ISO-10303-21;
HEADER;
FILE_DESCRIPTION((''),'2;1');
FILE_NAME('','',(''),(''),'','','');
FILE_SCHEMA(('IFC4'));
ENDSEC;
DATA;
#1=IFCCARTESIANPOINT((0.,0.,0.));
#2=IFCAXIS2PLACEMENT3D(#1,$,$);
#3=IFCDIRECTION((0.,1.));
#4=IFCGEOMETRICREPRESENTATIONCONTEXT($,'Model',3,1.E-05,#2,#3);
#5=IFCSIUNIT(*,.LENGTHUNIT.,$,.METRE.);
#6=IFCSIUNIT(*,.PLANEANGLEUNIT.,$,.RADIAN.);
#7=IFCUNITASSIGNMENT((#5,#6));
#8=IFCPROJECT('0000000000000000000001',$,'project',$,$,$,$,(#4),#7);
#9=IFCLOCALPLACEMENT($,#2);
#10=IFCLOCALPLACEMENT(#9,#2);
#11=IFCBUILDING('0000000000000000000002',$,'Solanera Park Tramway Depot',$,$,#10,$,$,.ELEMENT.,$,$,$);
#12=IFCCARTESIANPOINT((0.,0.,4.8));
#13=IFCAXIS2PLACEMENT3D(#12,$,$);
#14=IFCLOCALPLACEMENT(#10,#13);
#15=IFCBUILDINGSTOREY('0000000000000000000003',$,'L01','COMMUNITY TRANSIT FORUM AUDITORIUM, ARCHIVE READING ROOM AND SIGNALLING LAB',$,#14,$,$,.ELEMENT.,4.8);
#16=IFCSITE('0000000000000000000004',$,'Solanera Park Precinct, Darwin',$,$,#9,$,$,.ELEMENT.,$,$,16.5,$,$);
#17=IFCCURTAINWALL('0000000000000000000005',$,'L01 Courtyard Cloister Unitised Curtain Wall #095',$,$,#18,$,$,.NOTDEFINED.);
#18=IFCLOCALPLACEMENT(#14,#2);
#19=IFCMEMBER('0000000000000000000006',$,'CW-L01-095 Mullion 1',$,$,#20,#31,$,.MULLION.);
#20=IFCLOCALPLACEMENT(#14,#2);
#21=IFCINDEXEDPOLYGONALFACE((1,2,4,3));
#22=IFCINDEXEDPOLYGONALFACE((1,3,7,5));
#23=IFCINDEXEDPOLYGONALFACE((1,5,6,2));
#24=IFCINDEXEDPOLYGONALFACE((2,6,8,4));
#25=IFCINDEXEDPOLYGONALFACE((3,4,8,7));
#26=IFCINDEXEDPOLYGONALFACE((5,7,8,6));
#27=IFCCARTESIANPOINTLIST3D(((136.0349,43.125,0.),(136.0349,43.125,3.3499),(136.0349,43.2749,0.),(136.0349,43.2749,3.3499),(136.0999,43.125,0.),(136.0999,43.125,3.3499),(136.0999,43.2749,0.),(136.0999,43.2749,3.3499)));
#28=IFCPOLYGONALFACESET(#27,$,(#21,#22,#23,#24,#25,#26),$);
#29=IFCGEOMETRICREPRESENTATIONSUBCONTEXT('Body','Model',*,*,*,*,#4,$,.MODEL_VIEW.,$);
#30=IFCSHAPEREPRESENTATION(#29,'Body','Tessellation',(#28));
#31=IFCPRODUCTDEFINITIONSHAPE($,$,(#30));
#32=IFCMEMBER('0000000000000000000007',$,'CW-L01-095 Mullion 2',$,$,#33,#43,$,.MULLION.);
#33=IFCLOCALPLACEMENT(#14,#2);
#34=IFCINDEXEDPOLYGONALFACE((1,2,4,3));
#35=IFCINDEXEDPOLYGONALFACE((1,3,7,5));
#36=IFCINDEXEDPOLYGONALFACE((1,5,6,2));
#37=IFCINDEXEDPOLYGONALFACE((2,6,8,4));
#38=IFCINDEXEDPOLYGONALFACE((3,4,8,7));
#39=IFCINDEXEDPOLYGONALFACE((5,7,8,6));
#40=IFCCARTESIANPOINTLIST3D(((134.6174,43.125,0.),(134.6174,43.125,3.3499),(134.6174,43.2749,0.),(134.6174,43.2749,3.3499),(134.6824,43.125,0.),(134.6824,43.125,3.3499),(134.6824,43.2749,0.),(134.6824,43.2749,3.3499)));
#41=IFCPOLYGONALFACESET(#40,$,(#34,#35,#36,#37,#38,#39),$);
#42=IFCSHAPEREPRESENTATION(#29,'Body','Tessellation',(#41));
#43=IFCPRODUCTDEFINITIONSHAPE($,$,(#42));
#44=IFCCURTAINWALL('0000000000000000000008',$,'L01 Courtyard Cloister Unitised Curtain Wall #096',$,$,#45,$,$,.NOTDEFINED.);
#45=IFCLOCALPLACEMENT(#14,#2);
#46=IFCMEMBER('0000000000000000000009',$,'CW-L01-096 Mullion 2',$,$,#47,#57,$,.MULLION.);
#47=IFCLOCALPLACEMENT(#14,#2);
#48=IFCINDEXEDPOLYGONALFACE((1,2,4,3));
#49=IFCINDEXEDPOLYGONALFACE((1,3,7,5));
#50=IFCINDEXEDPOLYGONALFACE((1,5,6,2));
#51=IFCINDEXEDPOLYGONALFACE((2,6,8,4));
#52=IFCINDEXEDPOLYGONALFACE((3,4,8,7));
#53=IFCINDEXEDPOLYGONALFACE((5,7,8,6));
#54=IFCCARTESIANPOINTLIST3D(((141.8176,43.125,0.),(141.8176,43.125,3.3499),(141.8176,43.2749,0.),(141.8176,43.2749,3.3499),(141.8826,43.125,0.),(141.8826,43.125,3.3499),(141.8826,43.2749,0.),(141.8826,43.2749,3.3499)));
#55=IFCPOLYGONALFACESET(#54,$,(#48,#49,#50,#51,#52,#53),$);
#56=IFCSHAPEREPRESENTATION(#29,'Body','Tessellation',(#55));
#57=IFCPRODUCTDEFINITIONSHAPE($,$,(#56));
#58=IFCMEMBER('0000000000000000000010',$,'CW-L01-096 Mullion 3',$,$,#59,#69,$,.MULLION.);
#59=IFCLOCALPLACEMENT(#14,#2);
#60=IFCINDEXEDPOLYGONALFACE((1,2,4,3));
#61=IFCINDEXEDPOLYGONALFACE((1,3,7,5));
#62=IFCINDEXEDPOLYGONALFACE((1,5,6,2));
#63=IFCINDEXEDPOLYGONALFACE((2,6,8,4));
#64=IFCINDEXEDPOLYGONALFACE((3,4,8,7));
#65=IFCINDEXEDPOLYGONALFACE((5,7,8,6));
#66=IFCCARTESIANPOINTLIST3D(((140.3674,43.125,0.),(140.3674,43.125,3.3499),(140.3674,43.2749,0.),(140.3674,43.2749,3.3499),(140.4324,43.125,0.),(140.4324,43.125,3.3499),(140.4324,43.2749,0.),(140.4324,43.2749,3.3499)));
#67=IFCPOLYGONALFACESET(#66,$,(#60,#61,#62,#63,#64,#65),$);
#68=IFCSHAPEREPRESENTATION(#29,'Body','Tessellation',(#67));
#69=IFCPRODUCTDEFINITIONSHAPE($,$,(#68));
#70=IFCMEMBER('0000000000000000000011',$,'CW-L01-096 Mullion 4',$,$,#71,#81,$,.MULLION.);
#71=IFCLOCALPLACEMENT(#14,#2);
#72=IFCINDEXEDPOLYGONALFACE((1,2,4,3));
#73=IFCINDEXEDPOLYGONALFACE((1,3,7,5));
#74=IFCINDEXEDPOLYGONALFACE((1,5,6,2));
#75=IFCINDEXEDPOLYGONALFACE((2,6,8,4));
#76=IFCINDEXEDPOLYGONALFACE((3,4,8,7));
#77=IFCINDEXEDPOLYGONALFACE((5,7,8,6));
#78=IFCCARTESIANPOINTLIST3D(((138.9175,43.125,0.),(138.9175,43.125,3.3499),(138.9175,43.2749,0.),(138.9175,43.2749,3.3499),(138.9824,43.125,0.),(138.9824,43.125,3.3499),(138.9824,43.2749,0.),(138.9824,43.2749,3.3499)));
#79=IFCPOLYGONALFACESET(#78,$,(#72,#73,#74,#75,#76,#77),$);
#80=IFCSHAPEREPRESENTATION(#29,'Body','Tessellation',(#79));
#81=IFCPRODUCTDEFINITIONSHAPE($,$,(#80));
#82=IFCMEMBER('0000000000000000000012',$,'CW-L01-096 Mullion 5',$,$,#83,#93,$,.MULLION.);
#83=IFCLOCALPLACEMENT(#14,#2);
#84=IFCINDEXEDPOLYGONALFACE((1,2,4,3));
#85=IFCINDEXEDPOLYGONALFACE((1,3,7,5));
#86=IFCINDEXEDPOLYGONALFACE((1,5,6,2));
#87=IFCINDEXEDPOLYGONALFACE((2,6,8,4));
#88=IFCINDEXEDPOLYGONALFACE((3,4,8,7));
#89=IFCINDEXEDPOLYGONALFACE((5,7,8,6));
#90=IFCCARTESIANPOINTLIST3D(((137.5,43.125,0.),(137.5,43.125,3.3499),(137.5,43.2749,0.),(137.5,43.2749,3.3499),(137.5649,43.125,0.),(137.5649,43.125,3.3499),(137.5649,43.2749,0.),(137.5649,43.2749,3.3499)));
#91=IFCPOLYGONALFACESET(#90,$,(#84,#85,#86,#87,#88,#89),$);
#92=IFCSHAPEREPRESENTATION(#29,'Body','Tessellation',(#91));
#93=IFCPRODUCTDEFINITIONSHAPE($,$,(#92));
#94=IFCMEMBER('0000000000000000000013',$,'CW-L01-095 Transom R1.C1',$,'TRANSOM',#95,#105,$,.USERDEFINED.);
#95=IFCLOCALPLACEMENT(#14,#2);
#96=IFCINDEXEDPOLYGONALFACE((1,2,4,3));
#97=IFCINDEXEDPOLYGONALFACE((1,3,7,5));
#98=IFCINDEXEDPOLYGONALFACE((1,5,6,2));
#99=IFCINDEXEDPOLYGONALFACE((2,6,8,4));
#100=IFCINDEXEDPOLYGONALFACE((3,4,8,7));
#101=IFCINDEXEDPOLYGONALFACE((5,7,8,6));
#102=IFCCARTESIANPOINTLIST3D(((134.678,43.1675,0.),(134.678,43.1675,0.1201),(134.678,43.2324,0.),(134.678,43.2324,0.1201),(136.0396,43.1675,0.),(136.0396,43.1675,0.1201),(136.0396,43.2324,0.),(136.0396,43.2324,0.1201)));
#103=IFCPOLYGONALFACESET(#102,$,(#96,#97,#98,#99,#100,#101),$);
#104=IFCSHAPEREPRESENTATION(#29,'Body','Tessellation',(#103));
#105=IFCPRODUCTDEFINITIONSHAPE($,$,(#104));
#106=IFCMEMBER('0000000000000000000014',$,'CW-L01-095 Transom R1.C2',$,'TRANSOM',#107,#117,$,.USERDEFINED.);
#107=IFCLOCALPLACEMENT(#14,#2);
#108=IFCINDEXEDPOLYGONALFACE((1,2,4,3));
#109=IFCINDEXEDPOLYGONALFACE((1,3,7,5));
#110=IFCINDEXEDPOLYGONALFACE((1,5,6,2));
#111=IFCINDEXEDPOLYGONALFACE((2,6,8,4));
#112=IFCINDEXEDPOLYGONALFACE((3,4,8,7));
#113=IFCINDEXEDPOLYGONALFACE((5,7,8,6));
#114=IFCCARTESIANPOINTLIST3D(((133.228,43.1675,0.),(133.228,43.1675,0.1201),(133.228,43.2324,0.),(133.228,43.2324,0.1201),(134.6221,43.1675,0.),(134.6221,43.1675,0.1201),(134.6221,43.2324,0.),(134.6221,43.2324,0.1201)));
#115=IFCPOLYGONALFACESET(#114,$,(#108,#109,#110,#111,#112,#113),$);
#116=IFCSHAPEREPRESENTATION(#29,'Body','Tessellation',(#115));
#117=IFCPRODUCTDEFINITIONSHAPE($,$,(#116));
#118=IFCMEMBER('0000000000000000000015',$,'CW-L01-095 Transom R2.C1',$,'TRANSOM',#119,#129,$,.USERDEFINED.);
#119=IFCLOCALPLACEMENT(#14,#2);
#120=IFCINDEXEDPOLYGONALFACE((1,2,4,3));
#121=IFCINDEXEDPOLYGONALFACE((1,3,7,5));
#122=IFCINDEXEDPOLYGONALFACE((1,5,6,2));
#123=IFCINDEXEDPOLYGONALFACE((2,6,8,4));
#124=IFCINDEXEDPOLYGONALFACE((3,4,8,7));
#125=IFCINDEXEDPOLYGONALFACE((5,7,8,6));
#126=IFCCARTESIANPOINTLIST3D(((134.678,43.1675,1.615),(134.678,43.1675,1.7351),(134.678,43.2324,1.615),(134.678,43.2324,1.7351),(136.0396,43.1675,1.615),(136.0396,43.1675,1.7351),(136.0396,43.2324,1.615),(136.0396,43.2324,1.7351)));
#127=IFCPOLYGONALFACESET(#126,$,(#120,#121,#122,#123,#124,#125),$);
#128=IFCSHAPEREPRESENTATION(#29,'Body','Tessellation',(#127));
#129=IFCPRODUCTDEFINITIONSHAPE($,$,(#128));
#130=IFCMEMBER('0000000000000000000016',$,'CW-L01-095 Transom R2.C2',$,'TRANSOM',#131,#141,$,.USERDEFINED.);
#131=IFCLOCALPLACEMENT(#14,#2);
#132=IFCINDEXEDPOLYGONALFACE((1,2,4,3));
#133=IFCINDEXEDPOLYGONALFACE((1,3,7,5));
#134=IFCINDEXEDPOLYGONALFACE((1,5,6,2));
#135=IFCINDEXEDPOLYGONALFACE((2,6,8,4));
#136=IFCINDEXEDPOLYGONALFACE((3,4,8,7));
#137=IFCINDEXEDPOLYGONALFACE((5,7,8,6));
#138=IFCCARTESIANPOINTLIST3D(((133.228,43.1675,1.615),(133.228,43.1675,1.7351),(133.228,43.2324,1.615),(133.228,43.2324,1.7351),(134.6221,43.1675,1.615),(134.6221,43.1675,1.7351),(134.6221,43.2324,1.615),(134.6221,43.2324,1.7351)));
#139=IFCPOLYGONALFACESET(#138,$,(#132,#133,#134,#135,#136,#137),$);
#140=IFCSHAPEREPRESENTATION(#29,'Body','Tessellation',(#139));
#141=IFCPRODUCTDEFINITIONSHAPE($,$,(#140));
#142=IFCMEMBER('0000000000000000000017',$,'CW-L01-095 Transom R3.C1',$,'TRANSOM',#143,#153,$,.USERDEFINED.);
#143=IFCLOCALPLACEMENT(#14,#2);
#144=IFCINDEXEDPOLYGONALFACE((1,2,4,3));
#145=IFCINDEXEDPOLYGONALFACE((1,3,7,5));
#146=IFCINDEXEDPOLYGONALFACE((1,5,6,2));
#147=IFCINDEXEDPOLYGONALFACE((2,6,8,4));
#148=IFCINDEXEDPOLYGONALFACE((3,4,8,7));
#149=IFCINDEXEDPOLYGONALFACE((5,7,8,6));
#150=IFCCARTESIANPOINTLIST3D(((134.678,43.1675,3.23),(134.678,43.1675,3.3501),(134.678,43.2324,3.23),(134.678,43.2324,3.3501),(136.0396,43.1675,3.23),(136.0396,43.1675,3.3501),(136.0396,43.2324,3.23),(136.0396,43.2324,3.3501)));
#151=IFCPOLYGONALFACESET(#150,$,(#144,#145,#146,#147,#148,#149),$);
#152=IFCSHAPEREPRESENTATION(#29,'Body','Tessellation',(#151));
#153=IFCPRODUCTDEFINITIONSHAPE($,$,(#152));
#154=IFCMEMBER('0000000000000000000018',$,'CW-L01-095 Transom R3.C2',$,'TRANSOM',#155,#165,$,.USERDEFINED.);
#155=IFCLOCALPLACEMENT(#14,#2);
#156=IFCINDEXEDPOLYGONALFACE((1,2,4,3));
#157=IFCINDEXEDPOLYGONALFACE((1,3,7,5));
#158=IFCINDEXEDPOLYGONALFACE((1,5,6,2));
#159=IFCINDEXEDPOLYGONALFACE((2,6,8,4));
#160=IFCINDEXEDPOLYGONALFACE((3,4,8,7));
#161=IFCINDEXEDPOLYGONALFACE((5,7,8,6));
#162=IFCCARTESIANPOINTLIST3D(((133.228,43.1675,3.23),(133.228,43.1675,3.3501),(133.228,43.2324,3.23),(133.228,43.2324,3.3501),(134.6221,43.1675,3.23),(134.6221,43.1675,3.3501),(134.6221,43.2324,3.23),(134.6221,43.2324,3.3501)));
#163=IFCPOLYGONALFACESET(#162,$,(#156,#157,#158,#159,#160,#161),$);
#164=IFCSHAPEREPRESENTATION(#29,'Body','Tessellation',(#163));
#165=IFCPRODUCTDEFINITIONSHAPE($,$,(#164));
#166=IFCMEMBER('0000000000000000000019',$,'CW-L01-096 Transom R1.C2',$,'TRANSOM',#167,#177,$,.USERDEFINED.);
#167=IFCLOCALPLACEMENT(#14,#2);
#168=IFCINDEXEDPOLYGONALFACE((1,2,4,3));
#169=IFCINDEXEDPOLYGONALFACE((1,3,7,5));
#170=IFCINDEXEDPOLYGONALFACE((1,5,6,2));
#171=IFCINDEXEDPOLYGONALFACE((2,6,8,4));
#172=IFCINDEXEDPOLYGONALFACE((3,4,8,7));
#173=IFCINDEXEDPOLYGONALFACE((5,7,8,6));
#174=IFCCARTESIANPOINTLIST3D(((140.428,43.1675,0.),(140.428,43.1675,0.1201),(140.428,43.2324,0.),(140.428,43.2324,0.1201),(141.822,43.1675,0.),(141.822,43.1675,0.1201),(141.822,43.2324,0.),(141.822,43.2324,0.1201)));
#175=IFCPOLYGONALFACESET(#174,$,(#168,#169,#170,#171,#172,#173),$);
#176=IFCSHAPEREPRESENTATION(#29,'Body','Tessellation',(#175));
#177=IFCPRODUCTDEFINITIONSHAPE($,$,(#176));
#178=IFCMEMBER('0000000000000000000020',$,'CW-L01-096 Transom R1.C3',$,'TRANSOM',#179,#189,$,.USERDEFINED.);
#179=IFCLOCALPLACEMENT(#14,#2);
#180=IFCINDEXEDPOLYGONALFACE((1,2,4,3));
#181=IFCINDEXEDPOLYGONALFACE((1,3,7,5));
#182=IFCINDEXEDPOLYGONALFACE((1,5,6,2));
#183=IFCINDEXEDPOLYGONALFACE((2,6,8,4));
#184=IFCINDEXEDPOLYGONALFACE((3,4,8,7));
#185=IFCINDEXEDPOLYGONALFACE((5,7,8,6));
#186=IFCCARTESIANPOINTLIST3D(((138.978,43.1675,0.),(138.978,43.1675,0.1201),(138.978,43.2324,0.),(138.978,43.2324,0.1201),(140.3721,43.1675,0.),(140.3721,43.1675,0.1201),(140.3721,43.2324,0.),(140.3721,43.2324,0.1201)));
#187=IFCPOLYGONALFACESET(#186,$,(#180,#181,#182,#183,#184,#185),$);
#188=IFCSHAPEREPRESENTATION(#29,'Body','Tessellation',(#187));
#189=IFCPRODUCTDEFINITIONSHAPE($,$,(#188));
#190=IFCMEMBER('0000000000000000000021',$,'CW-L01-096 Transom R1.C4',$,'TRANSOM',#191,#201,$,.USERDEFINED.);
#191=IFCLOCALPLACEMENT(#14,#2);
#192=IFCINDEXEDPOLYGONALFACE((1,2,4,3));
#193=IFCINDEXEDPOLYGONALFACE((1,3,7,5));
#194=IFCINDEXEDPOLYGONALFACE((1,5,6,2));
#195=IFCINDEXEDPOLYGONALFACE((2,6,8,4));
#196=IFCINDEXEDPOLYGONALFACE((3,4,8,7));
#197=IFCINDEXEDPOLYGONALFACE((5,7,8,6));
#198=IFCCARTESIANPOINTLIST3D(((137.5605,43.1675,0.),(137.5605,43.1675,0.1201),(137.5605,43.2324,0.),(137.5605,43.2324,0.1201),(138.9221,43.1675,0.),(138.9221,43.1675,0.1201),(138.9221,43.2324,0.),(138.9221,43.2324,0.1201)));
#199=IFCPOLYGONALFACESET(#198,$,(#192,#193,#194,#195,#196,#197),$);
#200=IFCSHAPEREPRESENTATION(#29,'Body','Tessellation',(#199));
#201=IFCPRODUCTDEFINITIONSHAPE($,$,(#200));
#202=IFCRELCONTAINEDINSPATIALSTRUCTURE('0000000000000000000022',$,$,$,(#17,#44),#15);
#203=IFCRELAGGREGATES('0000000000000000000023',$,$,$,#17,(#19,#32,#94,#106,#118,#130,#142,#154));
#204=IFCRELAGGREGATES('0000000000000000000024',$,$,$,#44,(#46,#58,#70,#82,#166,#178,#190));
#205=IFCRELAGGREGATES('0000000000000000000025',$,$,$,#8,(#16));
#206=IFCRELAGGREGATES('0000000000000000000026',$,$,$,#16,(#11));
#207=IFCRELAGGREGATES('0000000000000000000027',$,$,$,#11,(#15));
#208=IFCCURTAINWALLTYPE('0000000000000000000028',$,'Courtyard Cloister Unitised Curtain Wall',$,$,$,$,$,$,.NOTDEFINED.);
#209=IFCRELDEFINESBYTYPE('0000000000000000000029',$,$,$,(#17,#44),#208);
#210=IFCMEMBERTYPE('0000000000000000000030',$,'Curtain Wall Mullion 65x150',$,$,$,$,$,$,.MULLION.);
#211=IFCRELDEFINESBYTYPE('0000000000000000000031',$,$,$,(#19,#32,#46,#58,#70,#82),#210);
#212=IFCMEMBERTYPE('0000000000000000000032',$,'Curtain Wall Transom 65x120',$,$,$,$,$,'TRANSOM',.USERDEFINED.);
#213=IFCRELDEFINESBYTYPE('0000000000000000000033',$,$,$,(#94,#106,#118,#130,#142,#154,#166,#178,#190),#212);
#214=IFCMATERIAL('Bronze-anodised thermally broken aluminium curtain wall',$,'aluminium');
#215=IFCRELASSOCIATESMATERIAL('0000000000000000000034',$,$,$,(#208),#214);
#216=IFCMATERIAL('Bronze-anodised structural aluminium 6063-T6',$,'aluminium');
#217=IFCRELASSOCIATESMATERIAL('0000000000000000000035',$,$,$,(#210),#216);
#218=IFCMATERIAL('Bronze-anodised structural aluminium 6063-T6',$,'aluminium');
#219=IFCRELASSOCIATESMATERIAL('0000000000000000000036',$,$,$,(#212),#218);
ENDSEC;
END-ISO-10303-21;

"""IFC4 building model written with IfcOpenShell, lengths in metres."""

from ifc_helpers import new_model, si_unit, direction, frame, origin, origin_2d, place, context, subcontext, project, spatial, rectangle, extrude, material, material_profile, profile_set, type_object, element, aggregate, save


model = new_model("IFC4")

# Units and contexts
model_context = context("Model", 3, precision=1e-05, world=origin(), true_north=direction((0.0, 1.0)))
body_context = subcontext(model_context, "Body", "Model", "MODEL_VIEW")
ifc_project = project(units=[si_unit("LENGTHUNIT", "METRE"), si_unit("PLANEANGLEUNIT", "RADIAN")], contexts=[model_context])

# Site, building, storey
site_placement = place(None, origin())
site = spatial("IfcSite", under=ifc_project, at=site_placement, Name="Solanera Park Precinct, Darwin", CompositionType="ELEMENT", RefElevation=16.5)
building_placement = place(site_placement, origin())
building = spatial("IfcBuilding", under=site, at=building_placement, Name="Solanera Park Tramway Depot", CompositionType="ELEMENT")
storey_placement = place(building_placement, frame((0.0, 0.0, 4.8)))
storey = spatial("IfcBuildingStorey", under=building, at=storey_placement, Name="L01", Description="COMMUNITY TRANSIT FORUM AUDITORIUM, ARCHIVE READING ROOM AND SIGNALLING LAB", CompositionType="ELEMENT", Elevation=4.8)

# Curtain walls, members
ifc_material_1 = material(Name="Bronze-anodised thermally broken aluminium curtain wall", Category="aluminium")
curtain_wall_type = type_object("IfcCurtainWallType", Name="Courtyard Cloister Unitised Curtain Wall", PredefinedType="NOTDEFINED", material=ifc_material_1)
curtain_wall_1_placement = place(storey_placement, origin())
curtain_wall_1 = element("IfcCurtainWall", 1, at=curtain_wall_1_placement, inside=storey, type_object=curtain_wall_type, Name="L01 Courtyard Cloister Unitised Curtain Wall #095", PredefinedType="NOTDEFINED")
ifc_material_2 = material(Name="Bronze-anodised structural aluminium 6063-T6", Category="aluminium")
ifc_material_profile_1 = material_profile(ifc_material_2, rectangle(XDim=0.0649, YDim=0.1499, at=origin_2d()), Name="Curtain Wall Mullion 65x150")
ifc_profile_set_1 = profile_set([ifc_material_profile_1], Name="Bronze-anodised structural aluminium 6063-T6")
member_type_1 = type_object("IfcMemberType", Name="Curtain Wall Mullion 65x150", PredefinedType="MULLION", material=ifc_profile_set_1)
member_1_placement = place(storey_placement, frame((136.0674, 43.2, 0.0), z_axis=(0.0, 0.0, 1.0), x_axis=(1.0, 0.0, 0.0)))
member_1 = element("IfcMember", 2, at=member_1_placement, type_object=member_type_1, Name="CW-L01-095 Mullion 1", PredefinedType="MULLION", context=body_context, shape_type="SweptSolid", body=[
    extrude(rectangle(XDim=0.0649, YDim=0.1499, at=origin_2d()), origin(), (0.0, 0.0, 1.0), 3.3499),
])
member_2_placement = place(storey_placement, frame((134.6499, 43.2, 0.0), z_axis=(0.0, 0.0, 1.0), x_axis=(1.0, 0.0, 0.0)))
member_2 = element("IfcMember", 3, at=member_2_placement, type_object=member_type_1, Name="CW-L01-095 Mullion 2", PredefinedType="MULLION", context=body_context, shape_type="SweptSolid", body=[
    extrude(rectangle(XDim=0.0649, YDim=0.1499, at=origin_2d()), origin(), (0.0, 0.0, 1.0), 3.3499),
])
curtain_wall_2_placement = place(storey_placement, origin())
curtain_wall_2 = element("IfcCurtainWall", 4, at=curtain_wall_2_placement, inside=storey, type_object=curtain_wall_type, Name="L01 Courtyard Cloister Unitised Curtain Wall #096", PredefinedType="NOTDEFINED")
member_3_placement = place(storey_placement, frame((141.8501, 43.2, 0.0), z_axis=(0.0, 0.0, 1.0), x_axis=(1.0, 0.0, 0.0)))
member_3 = element("IfcMember", 5, at=member_3_placement, type_object=member_type_1, Name="CW-L01-096 Mullion 2", PredefinedType="MULLION", context=body_context, shape_type="SweptSolid", body=[
    extrude(rectangle(XDim=0.0649, YDim=0.1499, at=origin_2d()), origin(), (0.0, 0.0, 1.0), 3.3499),
])
member_4_placement = place(storey_placement, frame((140.3999, 43.2, 0.0), z_axis=(0.0, 0.0, 1.0), x_axis=(1.0, 0.0, 0.0)))
member_4 = element("IfcMember", 6, at=member_4_placement, type_object=member_type_1, Name="CW-L01-096 Mullion 3", PredefinedType="MULLION", context=body_context, shape_type="SweptSolid", body=[
    extrude(rectangle(XDim=0.0649, YDim=0.1499, at=origin_2d()), origin(), (0.0, 0.0, 1.0), 3.3499),
])
member_5_placement = place(storey_placement, frame((138.95, 43.2, 0.0), z_axis=(0.0, 0.0, 1.0), x_axis=(1.0, 0.0, 0.0)))
member_5 = element("IfcMember", 7, at=member_5_placement, type_object=member_type_1, Name="CW-L01-096 Mullion 4", PredefinedType="MULLION", context=body_context, shape_type="SweptSolid", body=[
    extrude(rectangle(XDim=0.0649, YDim=0.1499, at=origin_2d()), origin(), (0.0, 0.0, 1.0), 3.3499),
])
member_6_placement = place(storey_placement, frame((137.5325, 43.2, 0.0), z_axis=(0.0, 0.0, 1.0), x_axis=(1.0, 0.0, 0.0)))
member_6 = element("IfcMember", 8, at=member_6_placement, type_object=member_type_1, Name="CW-L01-096 Mullion 5", PredefinedType="MULLION", context=body_context, shape_type="SweptSolid", body=[
    extrude(rectangle(XDim=0.0649, YDim=0.1499, at=origin_2d()), origin(), (0.0, 0.0, 1.0), 3.3499),
])

# Members
ifc_material_3 = material(Name="Bronze-anodised structural aluminium 6063-T6", Category="aluminium")
ifc_material_profile_2 = material_profile(ifc_material_3, rectangle(XDim=0.0649, YDim=0.1201, at=origin_2d()), Name="Curtain Wall Transom 65x120")
ifc_profile_set_2 = profile_set([ifc_material_profile_2], Name="Bronze-anodised structural aluminium 6063-T6")
member_type_2 = type_object("IfcMemberType", Name="Curtain Wall Transom 65x120", ElementType="TRANSOM", PredefinedType="USERDEFINED", material=ifc_profile_set_2)
member_7_placement = place(storey_placement, frame((136.0396, 43.2, 0.0601), z_axis=(-1.0, 0.0, 0.0), x_axis=(0.0, -1.0, 0.0)))
member_7 = element("IfcMember", 9, at=member_7_placement, type_object=member_type_2, Name="CW-L01-095 Transom R1.C1", ObjectType="TRANSOM", PredefinedType="USERDEFINED", context=body_context, shape_type="SweptSolid", body=[
    extrude(rectangle(XDim=0.0649, YDim=0.1201, at=origin_2d()), origin(), (0.0, 0.0, 1.0), 1.3616),
])
member_8_placement = place(storey_placement, frame((134.6221, 43.2, 0.0601), z_axis=(-1.0, 0.0, 0.0), x_axis=(0.0, -1.0, 0.0)))
member_8 = element("IfcMember", 10, at=member_8_placement, type_object=member_type_2, Name="CW-L01-095 Transom R1.C2", ObjectType="TRANSOM", PredefinedType="USERDEFINED", context=body_context, shape_type="SweptSolid", body=[
    extrude(rectangle(XDim=0.0649, YDim=0.1201, at=origin_2d()), origin(), (0.0, 0.0, 1.0), 1.394),
])
member_9_placement = place(storey_placement, frame((136.0396, 43.2, 1.675), z_axis=(-1.0, 0.0, 0.0), x_axis=(0.0, -1.0, 0.0)))
member_9 = element("IfcMember", 11, at=member_9_placement, type_object=member_type_2, Name="CW-L01-095 Transom R2.C1", ObjectType="TRANSOM", PredefinedType="USERDEFINED", context=body_context, shape_type="SweptSolid", body=[
    extrude(rectangle(XDim=0.0649, YDim=0.1201, at=origin_2d()), origin(), (0.0, 0.0, 1.0), 1.3616),
])
member_10_placement = place(storey_placement, frame((134.6221, 43.2, 1.675), z_axis=(-1.0, 0.0, 0.0), x_axis=(0.0, -1.0, 0.0)))
member_10 = element("IfcMember", 12, at=member_10_placement, type_object=member_type_2, Name="CW-L01-095 Transom R2.C2", ObjectType="TRANSOM", PredefinedType="USERDEFINED", context=body_context, shape_type="SweptSolid", body=[
    extrude(rectangle(XDim=0.0649, YDim=0.1201, at=origin_2d()), origin(), (0.0, 0.0, 1.0), 1.394),
])
member_11_placement = place(storey_placement, frame((136.0396, 43.2, 3.29), z_axis=(-1.0, 0.0, 0.0), x_axis=(0.0, -1.0, 0.0)))
member_11 = element("IfcMember", 13, at=member_11_placement, type_object=member_type_2, Name="CW-L01-095 Transom R3.C1", ObjectType="TRANSOM", PredefinedType="USERDEFINED", context=body_context, shape_type="SweptSolid", body=[
    extrude(rectangle(XDim=0.0649, YDim=0.1201, at=origin_2d()), origin(), (0.0, 0.0, 1.0), 1.3616),
])
member_12_placement = place(storey_placement, frame((134.6221, 43.2, 3.29), z_axis=(-1.0, 0.0, 0.0), x_axis=(0.0, -1.0, 0.0)))
member_12 = element("IfcMember", 14, at=member_12_placement, type_object=member_type_2, Name="CW-L01-095 Transom R3.C2", ObjectType="TRANSOM", PredefinedType="USERDEFINED", context=body_context, shape_type="SweptSolid", body=[
    extrude(rectangle(XDim=0.0649, YDim=0.1201, at=origin_2d()), origin(), (0.0, 0.0, 1.0), 1.394),
])
member_13_placement = place(storey_placement, frame((141.822, 43.2, 0.0601), z_axis=(-1.0, 0.0, 0.0), x_axis=(0.0, -1.0, 0.0)))
member_13 = element("IfcMember", 15, at=member_13_placement, type_object=member_type_2, Name="CW-L01-096 Transom R1.C2", ObjectType="TRANSOM", PredefinedType="USERDEFINED", context=body_context, shape_type="SweptSolid", body=[
    extrude(rectangle(XDim=0.0649, YDim=0.1201, at=origin_2d()), origin(), (0.0, 0.0, 1.0), 1.394),
])
member_14_placement = place(storey_placement, frame((140.3721, 43.2, 0.0601), z_axis=(-1.0, 0.0, 0.0), x_axis=(0.0, -1.0, 0.0)))
member_14 = element("IfcMember", 16, at=member_14_placement, type_object=member_type_2, Name="CW-L01-096 Transom R1.C3", ObjectType="TRANSOM", PredefinedType="USERDEFINED", context=body_context, shape_type="SweptSolid", body=[
    extrude(rectangle(XDim=0.0649, YDim=0.1201, at=origin_2d()), origin(), (0.0, 0.0, 1.0), 1.394),
])
member_15_placement = place(storey_placement, frame((138.9221, 43.2, 0.0601), z_axis=(-1.0, 0.0, 0.0), x_axis=(0.0, -1.0, 0.0)))
member_15 = element("IfcMember", 17, at=member_15_placement, type_object=member_type_2, Name="CW-L01-096 Transom R1.C4", ObjectType="TRANSOM", PredefinedType="USERDEFINED", context=body_context, shape_type="SweptSolid", body=[
    extrude(rectangle(XDim=0.0649, YDim=0.1201, at=origin_2d()), origin(), (0.0, 0.0, 1.0), 1.3616),
])

aggregate(curtain_wall_1, [member_1, member_2, member_7, member_8, member_9, member_10, member_11, member_12])
aggregate(curtain_wall_2, [member_3, member_4, member_5, member_6, member_13, member_14, member_15])

save(model, "model.ifc")
